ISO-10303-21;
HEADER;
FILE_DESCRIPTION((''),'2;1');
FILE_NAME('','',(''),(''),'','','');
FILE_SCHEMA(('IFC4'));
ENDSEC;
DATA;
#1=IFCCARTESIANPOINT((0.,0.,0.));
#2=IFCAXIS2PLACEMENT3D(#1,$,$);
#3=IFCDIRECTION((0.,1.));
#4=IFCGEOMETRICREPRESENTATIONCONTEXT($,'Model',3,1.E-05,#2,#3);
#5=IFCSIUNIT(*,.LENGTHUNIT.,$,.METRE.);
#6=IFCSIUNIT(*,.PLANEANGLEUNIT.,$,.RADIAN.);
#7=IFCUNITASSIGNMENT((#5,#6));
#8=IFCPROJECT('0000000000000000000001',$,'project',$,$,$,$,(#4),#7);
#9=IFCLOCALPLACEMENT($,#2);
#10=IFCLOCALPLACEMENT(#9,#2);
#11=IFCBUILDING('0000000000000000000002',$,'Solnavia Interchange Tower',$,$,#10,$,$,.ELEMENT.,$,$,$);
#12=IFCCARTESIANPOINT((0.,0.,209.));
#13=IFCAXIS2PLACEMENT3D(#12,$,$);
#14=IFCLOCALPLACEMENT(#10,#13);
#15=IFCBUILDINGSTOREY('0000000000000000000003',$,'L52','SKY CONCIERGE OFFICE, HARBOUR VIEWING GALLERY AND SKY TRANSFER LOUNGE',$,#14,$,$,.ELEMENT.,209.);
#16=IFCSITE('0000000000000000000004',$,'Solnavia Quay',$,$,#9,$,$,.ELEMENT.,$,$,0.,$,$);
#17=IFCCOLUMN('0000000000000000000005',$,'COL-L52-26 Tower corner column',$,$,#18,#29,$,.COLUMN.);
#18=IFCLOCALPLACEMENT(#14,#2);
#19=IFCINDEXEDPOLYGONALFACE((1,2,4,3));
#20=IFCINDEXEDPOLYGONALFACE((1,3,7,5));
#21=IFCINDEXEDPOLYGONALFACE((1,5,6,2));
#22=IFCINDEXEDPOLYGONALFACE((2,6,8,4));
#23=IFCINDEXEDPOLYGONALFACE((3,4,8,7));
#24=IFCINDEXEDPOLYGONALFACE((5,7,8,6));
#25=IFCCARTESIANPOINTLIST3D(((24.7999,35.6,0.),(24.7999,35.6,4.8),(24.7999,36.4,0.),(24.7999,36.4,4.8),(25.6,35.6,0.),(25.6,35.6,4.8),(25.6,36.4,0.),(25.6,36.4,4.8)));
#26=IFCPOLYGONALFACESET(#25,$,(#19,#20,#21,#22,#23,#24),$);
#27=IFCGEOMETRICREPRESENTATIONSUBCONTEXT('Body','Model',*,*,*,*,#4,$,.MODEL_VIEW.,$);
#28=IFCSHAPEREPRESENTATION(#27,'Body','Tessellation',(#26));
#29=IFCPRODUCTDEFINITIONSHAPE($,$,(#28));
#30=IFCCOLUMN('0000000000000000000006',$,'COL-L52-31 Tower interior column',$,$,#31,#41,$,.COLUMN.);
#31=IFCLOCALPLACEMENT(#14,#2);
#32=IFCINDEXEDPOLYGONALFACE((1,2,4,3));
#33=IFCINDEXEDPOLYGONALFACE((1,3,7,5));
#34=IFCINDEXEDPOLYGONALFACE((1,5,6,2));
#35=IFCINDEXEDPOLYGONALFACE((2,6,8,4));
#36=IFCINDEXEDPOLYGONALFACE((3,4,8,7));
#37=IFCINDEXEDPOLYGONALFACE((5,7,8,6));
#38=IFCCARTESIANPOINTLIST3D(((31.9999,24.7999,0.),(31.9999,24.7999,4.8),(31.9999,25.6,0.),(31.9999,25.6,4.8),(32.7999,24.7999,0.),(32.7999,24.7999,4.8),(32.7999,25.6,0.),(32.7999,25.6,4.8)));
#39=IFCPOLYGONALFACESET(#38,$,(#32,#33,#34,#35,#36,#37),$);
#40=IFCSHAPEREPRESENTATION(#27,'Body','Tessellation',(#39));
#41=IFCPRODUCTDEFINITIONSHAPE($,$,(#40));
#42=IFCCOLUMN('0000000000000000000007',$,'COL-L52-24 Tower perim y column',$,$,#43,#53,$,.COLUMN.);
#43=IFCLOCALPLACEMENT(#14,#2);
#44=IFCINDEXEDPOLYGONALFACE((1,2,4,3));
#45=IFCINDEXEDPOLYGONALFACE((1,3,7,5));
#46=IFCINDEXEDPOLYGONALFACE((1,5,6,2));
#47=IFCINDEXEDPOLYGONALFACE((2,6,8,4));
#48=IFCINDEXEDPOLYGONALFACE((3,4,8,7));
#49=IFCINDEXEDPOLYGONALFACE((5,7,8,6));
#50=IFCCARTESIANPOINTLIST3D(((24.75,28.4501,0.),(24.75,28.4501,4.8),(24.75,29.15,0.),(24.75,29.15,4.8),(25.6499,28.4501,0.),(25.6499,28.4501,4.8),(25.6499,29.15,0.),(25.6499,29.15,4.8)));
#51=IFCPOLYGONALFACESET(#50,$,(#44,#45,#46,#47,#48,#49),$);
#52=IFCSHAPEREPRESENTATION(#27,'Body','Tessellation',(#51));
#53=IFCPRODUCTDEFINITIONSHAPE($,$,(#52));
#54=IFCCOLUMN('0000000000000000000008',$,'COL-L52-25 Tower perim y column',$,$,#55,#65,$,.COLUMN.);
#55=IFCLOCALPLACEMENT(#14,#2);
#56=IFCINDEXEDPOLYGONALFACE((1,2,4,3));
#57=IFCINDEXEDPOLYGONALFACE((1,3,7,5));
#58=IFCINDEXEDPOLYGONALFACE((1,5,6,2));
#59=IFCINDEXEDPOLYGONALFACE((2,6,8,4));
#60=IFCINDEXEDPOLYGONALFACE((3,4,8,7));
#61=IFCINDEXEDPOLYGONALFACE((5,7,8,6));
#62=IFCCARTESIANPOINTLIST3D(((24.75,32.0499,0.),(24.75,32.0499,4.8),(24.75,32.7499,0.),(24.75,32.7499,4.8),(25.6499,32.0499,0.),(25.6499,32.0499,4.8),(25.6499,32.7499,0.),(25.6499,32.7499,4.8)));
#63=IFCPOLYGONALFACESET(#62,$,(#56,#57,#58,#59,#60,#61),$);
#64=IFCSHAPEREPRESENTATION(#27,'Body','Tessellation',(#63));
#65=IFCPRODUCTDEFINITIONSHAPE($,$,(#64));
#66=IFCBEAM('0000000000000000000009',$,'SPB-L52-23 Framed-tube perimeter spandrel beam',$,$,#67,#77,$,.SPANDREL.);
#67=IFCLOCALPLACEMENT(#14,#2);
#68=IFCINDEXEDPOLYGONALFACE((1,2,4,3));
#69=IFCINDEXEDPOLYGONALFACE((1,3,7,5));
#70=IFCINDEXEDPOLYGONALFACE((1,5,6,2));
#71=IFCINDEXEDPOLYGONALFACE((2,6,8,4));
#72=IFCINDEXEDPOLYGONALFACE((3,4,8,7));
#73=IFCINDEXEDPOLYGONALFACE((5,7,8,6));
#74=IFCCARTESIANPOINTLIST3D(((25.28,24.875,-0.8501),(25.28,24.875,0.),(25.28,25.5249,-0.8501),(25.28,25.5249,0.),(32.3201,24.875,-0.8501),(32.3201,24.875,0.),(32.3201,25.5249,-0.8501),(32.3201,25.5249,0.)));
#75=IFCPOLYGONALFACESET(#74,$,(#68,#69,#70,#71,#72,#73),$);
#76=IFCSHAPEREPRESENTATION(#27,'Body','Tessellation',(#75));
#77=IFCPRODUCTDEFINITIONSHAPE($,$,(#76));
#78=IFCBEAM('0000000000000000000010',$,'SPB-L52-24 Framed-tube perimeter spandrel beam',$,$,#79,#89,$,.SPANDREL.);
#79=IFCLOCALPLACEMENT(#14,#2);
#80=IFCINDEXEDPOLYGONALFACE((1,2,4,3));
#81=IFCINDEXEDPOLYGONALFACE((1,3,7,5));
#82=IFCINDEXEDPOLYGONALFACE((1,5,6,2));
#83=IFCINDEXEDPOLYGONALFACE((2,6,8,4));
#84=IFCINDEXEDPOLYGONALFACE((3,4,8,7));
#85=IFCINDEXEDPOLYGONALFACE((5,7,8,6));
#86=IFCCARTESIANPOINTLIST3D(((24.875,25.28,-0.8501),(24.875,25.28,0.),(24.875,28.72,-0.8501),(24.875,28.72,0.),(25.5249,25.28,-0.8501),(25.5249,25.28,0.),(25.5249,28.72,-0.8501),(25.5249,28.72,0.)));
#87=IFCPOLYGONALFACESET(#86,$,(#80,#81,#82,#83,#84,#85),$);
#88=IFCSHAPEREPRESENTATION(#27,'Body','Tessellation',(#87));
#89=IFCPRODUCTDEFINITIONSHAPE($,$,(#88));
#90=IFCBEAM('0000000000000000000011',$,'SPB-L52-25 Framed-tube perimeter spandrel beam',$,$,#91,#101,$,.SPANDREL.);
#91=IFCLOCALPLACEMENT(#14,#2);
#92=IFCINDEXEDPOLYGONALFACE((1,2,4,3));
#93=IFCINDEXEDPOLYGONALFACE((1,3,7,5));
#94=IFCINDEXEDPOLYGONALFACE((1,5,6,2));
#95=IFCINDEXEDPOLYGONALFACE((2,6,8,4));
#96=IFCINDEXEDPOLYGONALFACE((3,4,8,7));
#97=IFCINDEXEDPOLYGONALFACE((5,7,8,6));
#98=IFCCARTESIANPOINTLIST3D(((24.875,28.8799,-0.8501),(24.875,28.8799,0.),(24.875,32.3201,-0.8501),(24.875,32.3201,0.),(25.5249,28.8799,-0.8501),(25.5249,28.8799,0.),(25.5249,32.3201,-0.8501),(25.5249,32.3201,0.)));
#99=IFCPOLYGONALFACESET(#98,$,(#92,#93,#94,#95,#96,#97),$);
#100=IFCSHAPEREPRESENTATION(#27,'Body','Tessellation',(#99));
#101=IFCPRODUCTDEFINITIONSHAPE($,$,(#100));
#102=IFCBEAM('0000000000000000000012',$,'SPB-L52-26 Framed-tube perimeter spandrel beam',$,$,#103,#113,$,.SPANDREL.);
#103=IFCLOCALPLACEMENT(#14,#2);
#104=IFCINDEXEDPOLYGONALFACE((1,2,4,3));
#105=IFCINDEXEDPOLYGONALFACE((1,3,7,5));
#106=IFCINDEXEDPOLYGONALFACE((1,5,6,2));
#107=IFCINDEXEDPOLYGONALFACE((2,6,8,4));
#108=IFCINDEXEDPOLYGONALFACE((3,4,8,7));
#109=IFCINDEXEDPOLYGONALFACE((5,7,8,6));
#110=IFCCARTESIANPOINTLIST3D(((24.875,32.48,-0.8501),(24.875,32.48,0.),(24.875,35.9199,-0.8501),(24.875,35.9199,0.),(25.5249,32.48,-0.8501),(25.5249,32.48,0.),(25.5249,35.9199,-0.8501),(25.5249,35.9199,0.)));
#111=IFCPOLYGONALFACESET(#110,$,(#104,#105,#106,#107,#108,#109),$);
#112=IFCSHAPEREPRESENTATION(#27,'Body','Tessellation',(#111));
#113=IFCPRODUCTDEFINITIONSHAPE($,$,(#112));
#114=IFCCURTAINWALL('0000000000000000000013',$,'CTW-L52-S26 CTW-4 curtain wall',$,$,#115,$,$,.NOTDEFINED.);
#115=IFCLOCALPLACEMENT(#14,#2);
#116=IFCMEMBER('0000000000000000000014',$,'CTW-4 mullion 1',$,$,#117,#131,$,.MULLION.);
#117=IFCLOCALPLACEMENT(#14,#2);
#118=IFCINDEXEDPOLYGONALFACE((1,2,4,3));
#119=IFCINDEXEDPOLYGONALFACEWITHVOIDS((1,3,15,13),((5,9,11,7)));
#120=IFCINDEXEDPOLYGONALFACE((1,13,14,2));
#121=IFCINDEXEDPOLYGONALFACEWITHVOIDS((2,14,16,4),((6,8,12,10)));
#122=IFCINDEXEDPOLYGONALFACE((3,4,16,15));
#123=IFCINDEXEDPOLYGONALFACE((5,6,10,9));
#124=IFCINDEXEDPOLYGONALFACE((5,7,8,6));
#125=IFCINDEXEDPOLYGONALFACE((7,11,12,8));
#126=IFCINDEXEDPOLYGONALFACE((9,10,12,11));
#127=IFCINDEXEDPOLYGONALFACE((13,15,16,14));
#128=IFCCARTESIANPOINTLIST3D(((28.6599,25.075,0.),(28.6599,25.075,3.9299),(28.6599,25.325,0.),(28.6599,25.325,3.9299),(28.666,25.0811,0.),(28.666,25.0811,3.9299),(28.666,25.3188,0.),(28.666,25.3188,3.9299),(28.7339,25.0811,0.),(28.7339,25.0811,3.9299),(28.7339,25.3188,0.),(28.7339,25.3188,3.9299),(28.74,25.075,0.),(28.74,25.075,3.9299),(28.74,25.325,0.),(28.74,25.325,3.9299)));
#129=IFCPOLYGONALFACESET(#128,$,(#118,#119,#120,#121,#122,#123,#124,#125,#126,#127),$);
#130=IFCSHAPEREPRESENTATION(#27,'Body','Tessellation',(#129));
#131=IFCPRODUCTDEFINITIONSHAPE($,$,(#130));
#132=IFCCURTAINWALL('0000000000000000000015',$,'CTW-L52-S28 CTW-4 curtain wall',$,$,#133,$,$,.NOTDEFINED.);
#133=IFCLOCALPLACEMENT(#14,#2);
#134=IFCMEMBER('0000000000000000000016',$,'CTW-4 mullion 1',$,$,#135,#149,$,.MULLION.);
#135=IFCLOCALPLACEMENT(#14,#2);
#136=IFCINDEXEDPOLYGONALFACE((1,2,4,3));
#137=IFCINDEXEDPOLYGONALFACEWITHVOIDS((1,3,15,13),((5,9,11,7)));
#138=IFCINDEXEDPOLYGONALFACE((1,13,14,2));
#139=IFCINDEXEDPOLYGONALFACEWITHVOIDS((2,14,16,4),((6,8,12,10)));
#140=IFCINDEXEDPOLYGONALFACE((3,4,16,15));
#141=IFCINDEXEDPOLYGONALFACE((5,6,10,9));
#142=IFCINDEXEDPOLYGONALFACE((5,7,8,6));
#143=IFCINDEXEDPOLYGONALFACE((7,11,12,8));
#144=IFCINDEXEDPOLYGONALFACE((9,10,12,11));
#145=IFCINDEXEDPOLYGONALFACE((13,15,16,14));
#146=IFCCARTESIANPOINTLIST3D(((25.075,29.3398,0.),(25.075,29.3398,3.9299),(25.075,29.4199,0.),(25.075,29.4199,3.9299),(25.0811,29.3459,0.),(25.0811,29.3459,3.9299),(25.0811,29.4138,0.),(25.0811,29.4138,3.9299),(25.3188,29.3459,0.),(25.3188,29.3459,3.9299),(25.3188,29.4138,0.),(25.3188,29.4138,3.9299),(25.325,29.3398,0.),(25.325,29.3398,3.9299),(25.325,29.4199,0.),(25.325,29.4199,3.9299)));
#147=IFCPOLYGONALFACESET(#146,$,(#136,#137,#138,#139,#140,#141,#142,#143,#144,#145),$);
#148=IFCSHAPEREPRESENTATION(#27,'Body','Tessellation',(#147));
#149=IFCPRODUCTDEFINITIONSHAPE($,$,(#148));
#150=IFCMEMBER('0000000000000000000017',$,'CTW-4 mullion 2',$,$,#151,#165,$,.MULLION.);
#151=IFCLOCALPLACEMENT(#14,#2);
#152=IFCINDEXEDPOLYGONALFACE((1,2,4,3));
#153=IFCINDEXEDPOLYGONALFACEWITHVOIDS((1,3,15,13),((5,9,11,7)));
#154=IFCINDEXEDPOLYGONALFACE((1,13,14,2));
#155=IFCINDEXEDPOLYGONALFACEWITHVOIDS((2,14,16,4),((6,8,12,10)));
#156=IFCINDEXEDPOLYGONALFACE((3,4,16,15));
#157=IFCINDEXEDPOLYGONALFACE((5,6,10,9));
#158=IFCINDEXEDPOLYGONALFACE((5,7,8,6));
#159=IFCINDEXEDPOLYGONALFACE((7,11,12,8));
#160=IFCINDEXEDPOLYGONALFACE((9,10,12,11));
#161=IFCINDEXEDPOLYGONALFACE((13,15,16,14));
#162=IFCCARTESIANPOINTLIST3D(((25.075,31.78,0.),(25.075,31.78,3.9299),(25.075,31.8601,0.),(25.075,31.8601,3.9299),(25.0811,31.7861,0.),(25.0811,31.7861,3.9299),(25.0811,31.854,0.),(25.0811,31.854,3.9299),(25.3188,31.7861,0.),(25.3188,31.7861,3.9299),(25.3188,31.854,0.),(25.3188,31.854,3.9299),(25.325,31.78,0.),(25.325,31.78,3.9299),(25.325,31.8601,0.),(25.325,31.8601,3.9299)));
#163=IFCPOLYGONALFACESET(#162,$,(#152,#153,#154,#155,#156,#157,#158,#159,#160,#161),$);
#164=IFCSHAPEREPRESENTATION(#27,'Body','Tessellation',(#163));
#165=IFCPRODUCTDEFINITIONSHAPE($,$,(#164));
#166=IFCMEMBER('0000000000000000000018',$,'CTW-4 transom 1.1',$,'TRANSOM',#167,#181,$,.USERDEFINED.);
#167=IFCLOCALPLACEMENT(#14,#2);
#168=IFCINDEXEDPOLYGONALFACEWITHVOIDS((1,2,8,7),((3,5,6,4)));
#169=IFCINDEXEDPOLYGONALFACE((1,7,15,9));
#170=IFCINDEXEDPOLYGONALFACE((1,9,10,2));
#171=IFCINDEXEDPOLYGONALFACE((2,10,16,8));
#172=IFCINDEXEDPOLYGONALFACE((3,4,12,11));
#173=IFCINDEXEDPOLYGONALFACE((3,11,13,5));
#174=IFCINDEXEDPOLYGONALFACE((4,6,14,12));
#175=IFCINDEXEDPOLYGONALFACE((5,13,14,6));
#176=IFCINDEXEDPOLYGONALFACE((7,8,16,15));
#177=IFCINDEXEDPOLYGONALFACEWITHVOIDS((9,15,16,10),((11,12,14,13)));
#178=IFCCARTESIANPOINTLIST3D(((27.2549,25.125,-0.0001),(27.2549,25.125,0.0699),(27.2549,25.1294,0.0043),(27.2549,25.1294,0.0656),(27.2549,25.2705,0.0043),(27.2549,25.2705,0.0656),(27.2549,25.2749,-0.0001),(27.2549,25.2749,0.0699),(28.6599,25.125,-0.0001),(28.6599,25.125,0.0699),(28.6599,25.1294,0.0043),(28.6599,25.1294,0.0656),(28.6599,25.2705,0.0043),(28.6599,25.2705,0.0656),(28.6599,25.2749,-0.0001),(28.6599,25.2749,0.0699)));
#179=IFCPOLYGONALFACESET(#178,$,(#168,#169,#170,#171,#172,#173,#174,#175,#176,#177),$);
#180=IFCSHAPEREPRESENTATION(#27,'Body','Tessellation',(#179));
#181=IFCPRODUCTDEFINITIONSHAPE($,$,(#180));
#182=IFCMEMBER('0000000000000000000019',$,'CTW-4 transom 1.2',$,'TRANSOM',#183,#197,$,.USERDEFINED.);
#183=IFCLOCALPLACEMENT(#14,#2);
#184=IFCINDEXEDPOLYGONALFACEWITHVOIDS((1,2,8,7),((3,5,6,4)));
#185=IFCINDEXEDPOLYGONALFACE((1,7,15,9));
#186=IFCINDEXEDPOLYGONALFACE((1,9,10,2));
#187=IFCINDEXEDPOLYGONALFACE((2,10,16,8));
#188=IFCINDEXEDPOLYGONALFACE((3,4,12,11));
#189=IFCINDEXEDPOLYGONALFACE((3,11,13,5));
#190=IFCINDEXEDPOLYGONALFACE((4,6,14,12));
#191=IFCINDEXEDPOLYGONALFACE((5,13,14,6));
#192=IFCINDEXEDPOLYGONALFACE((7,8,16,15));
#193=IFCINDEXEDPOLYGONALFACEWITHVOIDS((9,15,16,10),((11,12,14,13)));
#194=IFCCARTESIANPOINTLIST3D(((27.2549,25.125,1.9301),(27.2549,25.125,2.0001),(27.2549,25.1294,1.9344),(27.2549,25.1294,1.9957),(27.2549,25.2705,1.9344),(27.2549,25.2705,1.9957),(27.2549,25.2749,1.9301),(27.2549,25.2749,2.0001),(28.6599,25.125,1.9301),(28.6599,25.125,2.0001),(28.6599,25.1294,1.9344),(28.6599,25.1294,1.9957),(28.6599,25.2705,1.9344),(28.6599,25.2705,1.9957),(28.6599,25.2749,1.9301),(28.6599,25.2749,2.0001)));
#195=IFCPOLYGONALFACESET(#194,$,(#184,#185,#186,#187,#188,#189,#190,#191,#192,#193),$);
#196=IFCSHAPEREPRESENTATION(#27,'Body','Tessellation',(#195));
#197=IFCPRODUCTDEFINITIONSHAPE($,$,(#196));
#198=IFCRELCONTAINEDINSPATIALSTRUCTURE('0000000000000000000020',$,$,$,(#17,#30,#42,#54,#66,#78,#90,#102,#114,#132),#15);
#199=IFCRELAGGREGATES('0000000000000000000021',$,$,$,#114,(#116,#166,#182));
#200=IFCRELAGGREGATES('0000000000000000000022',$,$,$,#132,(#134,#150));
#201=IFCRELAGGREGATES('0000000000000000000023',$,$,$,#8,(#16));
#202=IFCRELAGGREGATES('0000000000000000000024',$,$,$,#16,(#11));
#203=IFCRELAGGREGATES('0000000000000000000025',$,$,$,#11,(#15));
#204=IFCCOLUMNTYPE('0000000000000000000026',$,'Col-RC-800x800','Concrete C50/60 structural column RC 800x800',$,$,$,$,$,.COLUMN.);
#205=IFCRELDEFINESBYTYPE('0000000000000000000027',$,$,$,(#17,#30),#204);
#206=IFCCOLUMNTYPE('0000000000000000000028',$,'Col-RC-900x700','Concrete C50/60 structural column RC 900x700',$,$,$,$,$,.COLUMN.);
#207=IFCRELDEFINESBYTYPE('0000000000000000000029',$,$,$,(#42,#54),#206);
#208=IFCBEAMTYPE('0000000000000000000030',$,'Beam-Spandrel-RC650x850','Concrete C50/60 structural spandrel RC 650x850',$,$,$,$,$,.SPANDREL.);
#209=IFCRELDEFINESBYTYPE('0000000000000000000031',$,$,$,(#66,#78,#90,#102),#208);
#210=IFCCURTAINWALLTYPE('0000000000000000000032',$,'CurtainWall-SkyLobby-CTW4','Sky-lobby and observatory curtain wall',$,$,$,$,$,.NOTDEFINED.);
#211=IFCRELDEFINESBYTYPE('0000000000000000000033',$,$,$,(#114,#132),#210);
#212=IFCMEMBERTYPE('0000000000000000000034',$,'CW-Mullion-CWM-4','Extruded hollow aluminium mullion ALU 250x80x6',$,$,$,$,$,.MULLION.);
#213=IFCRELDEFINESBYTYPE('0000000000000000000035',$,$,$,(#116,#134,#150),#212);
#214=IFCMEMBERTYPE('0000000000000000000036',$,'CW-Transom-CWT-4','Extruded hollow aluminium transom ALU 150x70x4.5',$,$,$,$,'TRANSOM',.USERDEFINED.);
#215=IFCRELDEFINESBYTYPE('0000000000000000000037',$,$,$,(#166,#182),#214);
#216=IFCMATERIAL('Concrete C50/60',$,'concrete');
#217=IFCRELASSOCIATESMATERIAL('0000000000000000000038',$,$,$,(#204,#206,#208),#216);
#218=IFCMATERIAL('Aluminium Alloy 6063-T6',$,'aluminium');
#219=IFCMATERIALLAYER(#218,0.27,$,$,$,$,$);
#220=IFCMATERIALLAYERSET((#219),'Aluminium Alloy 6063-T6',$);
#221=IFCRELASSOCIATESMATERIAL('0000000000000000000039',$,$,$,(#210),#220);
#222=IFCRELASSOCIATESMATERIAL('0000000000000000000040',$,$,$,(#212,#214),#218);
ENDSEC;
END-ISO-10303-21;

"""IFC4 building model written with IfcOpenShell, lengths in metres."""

from ifc_helpers import new_model, si_unit, direction, frame, origin, origin_2d, place, context, subcontext, project, spatial, rectangle, hollow_rectangle, extrude, material, layer, layer_set, material_profile, profile_set, type_object, element, aggregate, save


model = new_model("IFC4")

# Units and contexts
model_context = context("Model", 3, precision=1e-05, world=origin(), true_north=direction((0.0, 1.0)))
body_context = subcontext(model_context, "Body", "Model", "MODEL_VIEW")
ifc_project = project(units=[si_unit("LENGTHUNIT", "METRE"), si_unit("PLANEANGLEUNIT", "RADIAN")], contexts=[model_context])

# Site, building, storey
site_placement = place(None, origin())
site = spatial("IfcSite", under=ifc_project, at=site_placement, Name="Solnavia Quay", CompositionType="ELEMENT", RefElevation=0.0)
building_placement = place(site_placement, origin())
building = spatial("IfcBuilding", under=site, at=building_placement, Name="Solnavia Interchange Tower", CompositionType="ELEMENT")
storey_placement = place(building_placement, frame((0.0, 0.0, 209.0)))
storey = spatial("IfcBuildingStorey", under=building, at=storey_placement, Name="L52", Description="SKY CONCIERGE OFFICE, HARBOUR VIEWING GALLERY AND SKY TRANSFER LOUNGE", CompositionType="ELEMENT", Elevation=209.0)

# Columns
ifc_material_1 = material(Name="Concrete C50/60", Category="concrete")
ifc_material_profile_1 = material_profile(ifc_material_1, rectangle(XDim=0.8, YDim=0.8, at=origin_2d()), Name="RC 800x800")
ifc_profile_set_1 = profile_set([ifc_material_profile_1], Name="Concrete C50/60")
column_type_1 = type_object("IfcColumnType", Name="Col-RC-800x800", Description="Concrete C50/60 structural column RC 800x800", PredefinedType="COLUMN", material=ifc_profile_set_1)
for number, where, z_axis, x_axis, name in (
    (1, (25.2, 36.0, 0.0), (0.0, 0.0, 1.0), (0.0, 1.0, 0.0), "COL-L52-26 Tower corner column"),
    (2, (32.3999, 25.2, 0.0), (0.0, 0.0, 1.0), (1.0, 0.0, 0.0), "COL-L52-31 Tower interior column"),
):
    element("IfcColumn", number, at=place(storey_placement, frame(where, z_axis=z_axis, x_axis=x_axis)), inside=storey, type_object=column_type_1, Name=name, PredefinedType="COLUMN", context=body_context, shape_type="SweptSolid", body=[
        extrude(rectangle(XDim=0.8, YDim=0.8, at=origin_2d()), origin(), (0.0, 0.0, 1.0), 4.8),
    ])
ifc_material_profile_2 = material_profile(ifc_material_1, rectangle(XDim=0.7, YDim=0.8999, at=origin_2d()), Name="RC 900x700")
ifc_profile_set_2 = profile_set([ifc_material_profile_2], Name="Concrete C50/60")
column_type_2 = type_object("IfcColumnType", Name="Col-RC-900x700", Description="Concrete C50/60 structural column RC 900x700", PredefinedType="COLUMN", material=ifc_profile_set_2)
for number, where, z_axis, x_axis, name in (
    (3, (25.2, 28.8, 0.0), (0.0, 0.0, 1.0), (0.0, 1.0, 0.0), "COL-L52-24 Tower perim y column"),
    (4, (25.2, 32.3999, 0.0), (0.0, 0.0, 1.0), (0.0, 1.0, 0.0), "COL-L52-25 Tower perim y column"),
):
    element("IfcColumn", number, at=place(storey_placement, frame(where, z_axis=z_axis, x_axis=x_axis)), inside=storey, type_object=column_type_2, Name=name, PredefinedType="COLUMN", context=body_context, shape_type="SweptSolid", body=[
        extrude(rectangle(XDim=0.7, YDim=0.8999, at=origin_2d()), origin(), (0.0, 0.0, 1.0), 4.8),
    ])

# Beams
ifc_material_profile_3 = material_profile(ifc_material_1, rectangle(XDim=0.6499, YDim=0.8501, at=origin_2d()), Name="RC 650x850")
ifc_profile_set_3 = profile_set([ifc_material_profile_3], Name="Concrete C50/60")
beam_type = type_object("IfcBeamType", Name="Beam-Spandrel-RC650x850", Description="Concrete C50/60 structural spandrel RC 650x850", PredefinedType="SPANDREL", material=ifc_profile_set_3)
beam_1_placement = place(storey_placement, frame((32.3201, 25.2, -0.425), z_axis=(-1.0, 0.0, 0.0), x_axis=(0.0, -1.0, 0.0)))
element("IfcBeam", 5, at=beam_1_placement, inside=storey, type_object=beam_type, Name="SPB-L52-23 Framed-tube perimeter spandrel beam", PredefinedType="SPANDREL", context=body_context, shape_type="SweptSolid", body=[
    extrude(rectangle(XDim=0.6499, YDim=0.8501, at=origin_2d()), origin(), (0.0, 0.0, 1.0), 7.04),
])
beam_2_placement = place(storey_placement, frame((25.2, 25.28, -0.425), z_axis=(0.0, 1.0, 0.0), x_axis=(-1.0, 0.0, 0.0)))
element("IfcBeam", 6, at=beam_2_placement, inside=storey, type_object=beam_type, Name="SPB-L52-24 Framed-tube perimeter spandrel beam", PredefinedType="SPANDREL", context=body_context, shape_type="SweptSolid", body=[
    extrude(rectangle(XDim=0.6499, YDim=0.8501, at=origin_2d()), origin(), (0.0, 0.0, 1.0), 3.4399),
])
beam_3_placement = place(storey_placement, frame((25.2, 28.8799, -0.425), z_axis=(0.0, 1.0, 0.0), x_axis=(-1.0, 0.0, 0.0)))
element("IfcBeam", 7, at=beam_3_placement, inside=storey, type_object=beam_type, Name="SPB-L52-25 Framed-tube perimeter spandrel beam", PredefinedType="SPANDREL", context=body_context, shape_type="SweptSolid", body=[
    extrude(rectangle(XDim=0.6499, YDim=0.8501, at=origin_2d()), origin(), (0.0, 0.0, 1.0), 3.4402),
])
beam_4_placement = place(storey_placement, frame((25.2, 32.48, -0.425), z_axis=(0.0, 1.0, 0.0), x_axis=(-1.0, 0.0, 0.0)))
element("IfcBeam", 8, at=beam_4_placement, inside=storey, type_object=beam_type, Name="SPB-L52-26 Framed-tube perimeter spandrel beam", PredefinedType="SPANDREL", context=body_context, shape_type="SweptSolid", body=[
    extrude(rectangle(XDim=0.6499, YDim=0.8501, at=origin_2d()), origin(), (0.0, 0.0, 1.0), 3.4399),
])

# Curtain wall, member
ifc_material_2 = material(Name="Aluminium Alloy 6063-T6", Category="aluminium")
ifc_layer_1 = layer(ifc_material_2, 0.27)
ifc_layer_set_1 = layer_set([ifc_layer_1], Name="Aluminium Alloy 6063-T6")
curtain_wall_type = type_object("IfcCurtainWallType", Name="CurtainWall-SkyLobby-CTW4", Description="Sky-lobby and observatory curtain wall", PredefinedType="NOTDEFINED", material=ifc_layer_set_1)
curtain_wall_1_placement = place(storey_placement, origin())
curtain_wall_1 = element("IfcCurtainWall", 9, at=curtain_wall_1_placement, inside=storey, type_object=curtain_wall_type, Name="CTW-L52-S26 CTW-4 curtain wall", PredefinedType="NOTDEFINED")
ifc_material_profile_4 = material_profile(ifc_material_2, hollow_rectangle(XDim=0.0801, YDim=0.25, WallThickness=0.0061, at=origin_2d()), Name="ALU 250x80x6")
ifc_profile_set_4 = profile_set([ifc_material_profile_4], Name="Aluminium Alloy 6063-T6")
member_type_1 = type_object("IfcMemberType", Name="CW-Mullion-CWM-4", Description="Extruded hollow aluminium mullion ALU 250x80x6", PredefinedType="MULLION", material=ifc_profile_set_4)
member_1_placement = place(storey_placement, frame((28.7, 25.2, 0.0), z_axis=(0.0, 0.0, 1.0), x_axis=(-1.0, 0.0, 0.0)))
member_1 = element("IfcMember", 10, at=member_1_placement, type_object=member_type_1, Name="CTW-4 mullion 1", PredefinedType="MULLION", context=body_context, shape_type="SweptSolid", body=[
    extrude(hollow_rectangle(XDim=0.0801, YDim=0.25, WallThickness=0.0061, at=origin_2d()), origin(), (0.0, 0.0, 1.0), 3.9299),
])

# Curtain wall, members
curtain_wall_2_placement = place(storey_placement, origin())
curtain_wall_2 = element("IfcCurtainWall", 11, at=curtain_wall_2_placement, inside=storey, type_object=curtain_wall_type, Name="CTW-L52-S28 CTW-4 curtain wall", PredefinedType="NOTDEFINED")
member_2_placement = place(storey_placement, frame((25.2, 29.3799, 0.0), z_axis=(0.0, 0.0, 1.0), x_axis=(0.0, 1.0, 0.0)))
member_2 = element("IfcMember", 12, at=member_2_placement, type_object=member_type_1, Name="CTW-4 mullion 1", PredefinedType="MULLION", context=body_context, shape_type="SweptSolid", body=[
    extrude(hollow_rectangle(XDim=0.0801, YDim=0.25, WallThickness=0.0061, at=origin_2d()), origin(), (0.0, 0.0, 1.0), 3.9299),
])
member_3_placement = place(storey_placement, frame((25.2, 31.8201, 0.0), z_axis=(0.0, 0.0, 1.0), x_axis=(0.0, 1.0, 0.0)))
member_3 = element("IfcMember", 13, at=member_3_placement, type_object=member_type_1, Name="CTW-4 mullion 2", PredefinedType="MULLION", context=body_context, shape_type="SweptSolid", body=[
    extrude(hollow_rectangle(XDim=0.0801, YDim=0.25, WallThickness=0.0061, at=origin_2d()), origin(), (0.0, 0.0, 1.0), 3.9299),
])

# Members
ifc_material_profile_5 = material_profile(ifc_material_2, hollow_rectangle(XDim=0.0701, YDim=0.1499, WallThickness=0.0044, at=origin_2d()), Name="ALU 150x70x4.5")
ifc_profile_set_5 = profile_set([ifc_material_profile_5], Name="Aluminium Alloy 6063-T6")
member_type_2 = type_object("IfcMemberType", Name="CW-Transom-CWT-4", Description="Extruded hollow aluminium transom ALU 150x70x4.5", ElementType="TRANSOM", PredefinedType="USERDEFINED", material=ifc_profile_set_5)
member_4_placement = place(storey_placement, frame((28.6599, 25.2, 0.0349), z_axis=(-1.0, 0.0, 0.0), x_axis=(0.0, 0.0, 1.0)))
member_4 = element("IfcMember", 14, at=member_4_placement, type_object=member_type_2, Name="CTW-4 transom 1.1", ObjectType="TRANSOM", PredefinedType="USERDEFINED", context=body_context, shape_type="SweptSolid", body=[
    extrude(hollow_rectangle(XDim=0.0701, YDim=0.1499, WallThickness=0.0044, at=origin_2d()), origin(), (0.0, 0.0, 1.0), 1.405),
])
member_5_placement = place(storey_placement, frame((28.6599, 25.2, 1.9651), z_axis=(-1.0, 0.0, 0.0), x_axis=(0.0, 0.0, 1.0)))
member_5 = element("IfcMember", 15, at=member_5_placement, type_object=member_type_2, Name="CTW-4 transom 1.2", ObjectType="TRANSOM", PredefinedType="USERDEFINED", context=body_context, shape_type="SweptSolid", body=[
    extrude(hollow_rectangle(XDim=0.0701, YDim=0.1499, WallThickness=0.0044, at=origin_2d()), origin(), (0.0, 0.0, 1.0), 1.405),
])
aggregate(curtain_wall_1, [member_1, member_4, member_5])

aggregate(curtain_wall_2, [member_2, member_3])

save(model, "model.ifc")
